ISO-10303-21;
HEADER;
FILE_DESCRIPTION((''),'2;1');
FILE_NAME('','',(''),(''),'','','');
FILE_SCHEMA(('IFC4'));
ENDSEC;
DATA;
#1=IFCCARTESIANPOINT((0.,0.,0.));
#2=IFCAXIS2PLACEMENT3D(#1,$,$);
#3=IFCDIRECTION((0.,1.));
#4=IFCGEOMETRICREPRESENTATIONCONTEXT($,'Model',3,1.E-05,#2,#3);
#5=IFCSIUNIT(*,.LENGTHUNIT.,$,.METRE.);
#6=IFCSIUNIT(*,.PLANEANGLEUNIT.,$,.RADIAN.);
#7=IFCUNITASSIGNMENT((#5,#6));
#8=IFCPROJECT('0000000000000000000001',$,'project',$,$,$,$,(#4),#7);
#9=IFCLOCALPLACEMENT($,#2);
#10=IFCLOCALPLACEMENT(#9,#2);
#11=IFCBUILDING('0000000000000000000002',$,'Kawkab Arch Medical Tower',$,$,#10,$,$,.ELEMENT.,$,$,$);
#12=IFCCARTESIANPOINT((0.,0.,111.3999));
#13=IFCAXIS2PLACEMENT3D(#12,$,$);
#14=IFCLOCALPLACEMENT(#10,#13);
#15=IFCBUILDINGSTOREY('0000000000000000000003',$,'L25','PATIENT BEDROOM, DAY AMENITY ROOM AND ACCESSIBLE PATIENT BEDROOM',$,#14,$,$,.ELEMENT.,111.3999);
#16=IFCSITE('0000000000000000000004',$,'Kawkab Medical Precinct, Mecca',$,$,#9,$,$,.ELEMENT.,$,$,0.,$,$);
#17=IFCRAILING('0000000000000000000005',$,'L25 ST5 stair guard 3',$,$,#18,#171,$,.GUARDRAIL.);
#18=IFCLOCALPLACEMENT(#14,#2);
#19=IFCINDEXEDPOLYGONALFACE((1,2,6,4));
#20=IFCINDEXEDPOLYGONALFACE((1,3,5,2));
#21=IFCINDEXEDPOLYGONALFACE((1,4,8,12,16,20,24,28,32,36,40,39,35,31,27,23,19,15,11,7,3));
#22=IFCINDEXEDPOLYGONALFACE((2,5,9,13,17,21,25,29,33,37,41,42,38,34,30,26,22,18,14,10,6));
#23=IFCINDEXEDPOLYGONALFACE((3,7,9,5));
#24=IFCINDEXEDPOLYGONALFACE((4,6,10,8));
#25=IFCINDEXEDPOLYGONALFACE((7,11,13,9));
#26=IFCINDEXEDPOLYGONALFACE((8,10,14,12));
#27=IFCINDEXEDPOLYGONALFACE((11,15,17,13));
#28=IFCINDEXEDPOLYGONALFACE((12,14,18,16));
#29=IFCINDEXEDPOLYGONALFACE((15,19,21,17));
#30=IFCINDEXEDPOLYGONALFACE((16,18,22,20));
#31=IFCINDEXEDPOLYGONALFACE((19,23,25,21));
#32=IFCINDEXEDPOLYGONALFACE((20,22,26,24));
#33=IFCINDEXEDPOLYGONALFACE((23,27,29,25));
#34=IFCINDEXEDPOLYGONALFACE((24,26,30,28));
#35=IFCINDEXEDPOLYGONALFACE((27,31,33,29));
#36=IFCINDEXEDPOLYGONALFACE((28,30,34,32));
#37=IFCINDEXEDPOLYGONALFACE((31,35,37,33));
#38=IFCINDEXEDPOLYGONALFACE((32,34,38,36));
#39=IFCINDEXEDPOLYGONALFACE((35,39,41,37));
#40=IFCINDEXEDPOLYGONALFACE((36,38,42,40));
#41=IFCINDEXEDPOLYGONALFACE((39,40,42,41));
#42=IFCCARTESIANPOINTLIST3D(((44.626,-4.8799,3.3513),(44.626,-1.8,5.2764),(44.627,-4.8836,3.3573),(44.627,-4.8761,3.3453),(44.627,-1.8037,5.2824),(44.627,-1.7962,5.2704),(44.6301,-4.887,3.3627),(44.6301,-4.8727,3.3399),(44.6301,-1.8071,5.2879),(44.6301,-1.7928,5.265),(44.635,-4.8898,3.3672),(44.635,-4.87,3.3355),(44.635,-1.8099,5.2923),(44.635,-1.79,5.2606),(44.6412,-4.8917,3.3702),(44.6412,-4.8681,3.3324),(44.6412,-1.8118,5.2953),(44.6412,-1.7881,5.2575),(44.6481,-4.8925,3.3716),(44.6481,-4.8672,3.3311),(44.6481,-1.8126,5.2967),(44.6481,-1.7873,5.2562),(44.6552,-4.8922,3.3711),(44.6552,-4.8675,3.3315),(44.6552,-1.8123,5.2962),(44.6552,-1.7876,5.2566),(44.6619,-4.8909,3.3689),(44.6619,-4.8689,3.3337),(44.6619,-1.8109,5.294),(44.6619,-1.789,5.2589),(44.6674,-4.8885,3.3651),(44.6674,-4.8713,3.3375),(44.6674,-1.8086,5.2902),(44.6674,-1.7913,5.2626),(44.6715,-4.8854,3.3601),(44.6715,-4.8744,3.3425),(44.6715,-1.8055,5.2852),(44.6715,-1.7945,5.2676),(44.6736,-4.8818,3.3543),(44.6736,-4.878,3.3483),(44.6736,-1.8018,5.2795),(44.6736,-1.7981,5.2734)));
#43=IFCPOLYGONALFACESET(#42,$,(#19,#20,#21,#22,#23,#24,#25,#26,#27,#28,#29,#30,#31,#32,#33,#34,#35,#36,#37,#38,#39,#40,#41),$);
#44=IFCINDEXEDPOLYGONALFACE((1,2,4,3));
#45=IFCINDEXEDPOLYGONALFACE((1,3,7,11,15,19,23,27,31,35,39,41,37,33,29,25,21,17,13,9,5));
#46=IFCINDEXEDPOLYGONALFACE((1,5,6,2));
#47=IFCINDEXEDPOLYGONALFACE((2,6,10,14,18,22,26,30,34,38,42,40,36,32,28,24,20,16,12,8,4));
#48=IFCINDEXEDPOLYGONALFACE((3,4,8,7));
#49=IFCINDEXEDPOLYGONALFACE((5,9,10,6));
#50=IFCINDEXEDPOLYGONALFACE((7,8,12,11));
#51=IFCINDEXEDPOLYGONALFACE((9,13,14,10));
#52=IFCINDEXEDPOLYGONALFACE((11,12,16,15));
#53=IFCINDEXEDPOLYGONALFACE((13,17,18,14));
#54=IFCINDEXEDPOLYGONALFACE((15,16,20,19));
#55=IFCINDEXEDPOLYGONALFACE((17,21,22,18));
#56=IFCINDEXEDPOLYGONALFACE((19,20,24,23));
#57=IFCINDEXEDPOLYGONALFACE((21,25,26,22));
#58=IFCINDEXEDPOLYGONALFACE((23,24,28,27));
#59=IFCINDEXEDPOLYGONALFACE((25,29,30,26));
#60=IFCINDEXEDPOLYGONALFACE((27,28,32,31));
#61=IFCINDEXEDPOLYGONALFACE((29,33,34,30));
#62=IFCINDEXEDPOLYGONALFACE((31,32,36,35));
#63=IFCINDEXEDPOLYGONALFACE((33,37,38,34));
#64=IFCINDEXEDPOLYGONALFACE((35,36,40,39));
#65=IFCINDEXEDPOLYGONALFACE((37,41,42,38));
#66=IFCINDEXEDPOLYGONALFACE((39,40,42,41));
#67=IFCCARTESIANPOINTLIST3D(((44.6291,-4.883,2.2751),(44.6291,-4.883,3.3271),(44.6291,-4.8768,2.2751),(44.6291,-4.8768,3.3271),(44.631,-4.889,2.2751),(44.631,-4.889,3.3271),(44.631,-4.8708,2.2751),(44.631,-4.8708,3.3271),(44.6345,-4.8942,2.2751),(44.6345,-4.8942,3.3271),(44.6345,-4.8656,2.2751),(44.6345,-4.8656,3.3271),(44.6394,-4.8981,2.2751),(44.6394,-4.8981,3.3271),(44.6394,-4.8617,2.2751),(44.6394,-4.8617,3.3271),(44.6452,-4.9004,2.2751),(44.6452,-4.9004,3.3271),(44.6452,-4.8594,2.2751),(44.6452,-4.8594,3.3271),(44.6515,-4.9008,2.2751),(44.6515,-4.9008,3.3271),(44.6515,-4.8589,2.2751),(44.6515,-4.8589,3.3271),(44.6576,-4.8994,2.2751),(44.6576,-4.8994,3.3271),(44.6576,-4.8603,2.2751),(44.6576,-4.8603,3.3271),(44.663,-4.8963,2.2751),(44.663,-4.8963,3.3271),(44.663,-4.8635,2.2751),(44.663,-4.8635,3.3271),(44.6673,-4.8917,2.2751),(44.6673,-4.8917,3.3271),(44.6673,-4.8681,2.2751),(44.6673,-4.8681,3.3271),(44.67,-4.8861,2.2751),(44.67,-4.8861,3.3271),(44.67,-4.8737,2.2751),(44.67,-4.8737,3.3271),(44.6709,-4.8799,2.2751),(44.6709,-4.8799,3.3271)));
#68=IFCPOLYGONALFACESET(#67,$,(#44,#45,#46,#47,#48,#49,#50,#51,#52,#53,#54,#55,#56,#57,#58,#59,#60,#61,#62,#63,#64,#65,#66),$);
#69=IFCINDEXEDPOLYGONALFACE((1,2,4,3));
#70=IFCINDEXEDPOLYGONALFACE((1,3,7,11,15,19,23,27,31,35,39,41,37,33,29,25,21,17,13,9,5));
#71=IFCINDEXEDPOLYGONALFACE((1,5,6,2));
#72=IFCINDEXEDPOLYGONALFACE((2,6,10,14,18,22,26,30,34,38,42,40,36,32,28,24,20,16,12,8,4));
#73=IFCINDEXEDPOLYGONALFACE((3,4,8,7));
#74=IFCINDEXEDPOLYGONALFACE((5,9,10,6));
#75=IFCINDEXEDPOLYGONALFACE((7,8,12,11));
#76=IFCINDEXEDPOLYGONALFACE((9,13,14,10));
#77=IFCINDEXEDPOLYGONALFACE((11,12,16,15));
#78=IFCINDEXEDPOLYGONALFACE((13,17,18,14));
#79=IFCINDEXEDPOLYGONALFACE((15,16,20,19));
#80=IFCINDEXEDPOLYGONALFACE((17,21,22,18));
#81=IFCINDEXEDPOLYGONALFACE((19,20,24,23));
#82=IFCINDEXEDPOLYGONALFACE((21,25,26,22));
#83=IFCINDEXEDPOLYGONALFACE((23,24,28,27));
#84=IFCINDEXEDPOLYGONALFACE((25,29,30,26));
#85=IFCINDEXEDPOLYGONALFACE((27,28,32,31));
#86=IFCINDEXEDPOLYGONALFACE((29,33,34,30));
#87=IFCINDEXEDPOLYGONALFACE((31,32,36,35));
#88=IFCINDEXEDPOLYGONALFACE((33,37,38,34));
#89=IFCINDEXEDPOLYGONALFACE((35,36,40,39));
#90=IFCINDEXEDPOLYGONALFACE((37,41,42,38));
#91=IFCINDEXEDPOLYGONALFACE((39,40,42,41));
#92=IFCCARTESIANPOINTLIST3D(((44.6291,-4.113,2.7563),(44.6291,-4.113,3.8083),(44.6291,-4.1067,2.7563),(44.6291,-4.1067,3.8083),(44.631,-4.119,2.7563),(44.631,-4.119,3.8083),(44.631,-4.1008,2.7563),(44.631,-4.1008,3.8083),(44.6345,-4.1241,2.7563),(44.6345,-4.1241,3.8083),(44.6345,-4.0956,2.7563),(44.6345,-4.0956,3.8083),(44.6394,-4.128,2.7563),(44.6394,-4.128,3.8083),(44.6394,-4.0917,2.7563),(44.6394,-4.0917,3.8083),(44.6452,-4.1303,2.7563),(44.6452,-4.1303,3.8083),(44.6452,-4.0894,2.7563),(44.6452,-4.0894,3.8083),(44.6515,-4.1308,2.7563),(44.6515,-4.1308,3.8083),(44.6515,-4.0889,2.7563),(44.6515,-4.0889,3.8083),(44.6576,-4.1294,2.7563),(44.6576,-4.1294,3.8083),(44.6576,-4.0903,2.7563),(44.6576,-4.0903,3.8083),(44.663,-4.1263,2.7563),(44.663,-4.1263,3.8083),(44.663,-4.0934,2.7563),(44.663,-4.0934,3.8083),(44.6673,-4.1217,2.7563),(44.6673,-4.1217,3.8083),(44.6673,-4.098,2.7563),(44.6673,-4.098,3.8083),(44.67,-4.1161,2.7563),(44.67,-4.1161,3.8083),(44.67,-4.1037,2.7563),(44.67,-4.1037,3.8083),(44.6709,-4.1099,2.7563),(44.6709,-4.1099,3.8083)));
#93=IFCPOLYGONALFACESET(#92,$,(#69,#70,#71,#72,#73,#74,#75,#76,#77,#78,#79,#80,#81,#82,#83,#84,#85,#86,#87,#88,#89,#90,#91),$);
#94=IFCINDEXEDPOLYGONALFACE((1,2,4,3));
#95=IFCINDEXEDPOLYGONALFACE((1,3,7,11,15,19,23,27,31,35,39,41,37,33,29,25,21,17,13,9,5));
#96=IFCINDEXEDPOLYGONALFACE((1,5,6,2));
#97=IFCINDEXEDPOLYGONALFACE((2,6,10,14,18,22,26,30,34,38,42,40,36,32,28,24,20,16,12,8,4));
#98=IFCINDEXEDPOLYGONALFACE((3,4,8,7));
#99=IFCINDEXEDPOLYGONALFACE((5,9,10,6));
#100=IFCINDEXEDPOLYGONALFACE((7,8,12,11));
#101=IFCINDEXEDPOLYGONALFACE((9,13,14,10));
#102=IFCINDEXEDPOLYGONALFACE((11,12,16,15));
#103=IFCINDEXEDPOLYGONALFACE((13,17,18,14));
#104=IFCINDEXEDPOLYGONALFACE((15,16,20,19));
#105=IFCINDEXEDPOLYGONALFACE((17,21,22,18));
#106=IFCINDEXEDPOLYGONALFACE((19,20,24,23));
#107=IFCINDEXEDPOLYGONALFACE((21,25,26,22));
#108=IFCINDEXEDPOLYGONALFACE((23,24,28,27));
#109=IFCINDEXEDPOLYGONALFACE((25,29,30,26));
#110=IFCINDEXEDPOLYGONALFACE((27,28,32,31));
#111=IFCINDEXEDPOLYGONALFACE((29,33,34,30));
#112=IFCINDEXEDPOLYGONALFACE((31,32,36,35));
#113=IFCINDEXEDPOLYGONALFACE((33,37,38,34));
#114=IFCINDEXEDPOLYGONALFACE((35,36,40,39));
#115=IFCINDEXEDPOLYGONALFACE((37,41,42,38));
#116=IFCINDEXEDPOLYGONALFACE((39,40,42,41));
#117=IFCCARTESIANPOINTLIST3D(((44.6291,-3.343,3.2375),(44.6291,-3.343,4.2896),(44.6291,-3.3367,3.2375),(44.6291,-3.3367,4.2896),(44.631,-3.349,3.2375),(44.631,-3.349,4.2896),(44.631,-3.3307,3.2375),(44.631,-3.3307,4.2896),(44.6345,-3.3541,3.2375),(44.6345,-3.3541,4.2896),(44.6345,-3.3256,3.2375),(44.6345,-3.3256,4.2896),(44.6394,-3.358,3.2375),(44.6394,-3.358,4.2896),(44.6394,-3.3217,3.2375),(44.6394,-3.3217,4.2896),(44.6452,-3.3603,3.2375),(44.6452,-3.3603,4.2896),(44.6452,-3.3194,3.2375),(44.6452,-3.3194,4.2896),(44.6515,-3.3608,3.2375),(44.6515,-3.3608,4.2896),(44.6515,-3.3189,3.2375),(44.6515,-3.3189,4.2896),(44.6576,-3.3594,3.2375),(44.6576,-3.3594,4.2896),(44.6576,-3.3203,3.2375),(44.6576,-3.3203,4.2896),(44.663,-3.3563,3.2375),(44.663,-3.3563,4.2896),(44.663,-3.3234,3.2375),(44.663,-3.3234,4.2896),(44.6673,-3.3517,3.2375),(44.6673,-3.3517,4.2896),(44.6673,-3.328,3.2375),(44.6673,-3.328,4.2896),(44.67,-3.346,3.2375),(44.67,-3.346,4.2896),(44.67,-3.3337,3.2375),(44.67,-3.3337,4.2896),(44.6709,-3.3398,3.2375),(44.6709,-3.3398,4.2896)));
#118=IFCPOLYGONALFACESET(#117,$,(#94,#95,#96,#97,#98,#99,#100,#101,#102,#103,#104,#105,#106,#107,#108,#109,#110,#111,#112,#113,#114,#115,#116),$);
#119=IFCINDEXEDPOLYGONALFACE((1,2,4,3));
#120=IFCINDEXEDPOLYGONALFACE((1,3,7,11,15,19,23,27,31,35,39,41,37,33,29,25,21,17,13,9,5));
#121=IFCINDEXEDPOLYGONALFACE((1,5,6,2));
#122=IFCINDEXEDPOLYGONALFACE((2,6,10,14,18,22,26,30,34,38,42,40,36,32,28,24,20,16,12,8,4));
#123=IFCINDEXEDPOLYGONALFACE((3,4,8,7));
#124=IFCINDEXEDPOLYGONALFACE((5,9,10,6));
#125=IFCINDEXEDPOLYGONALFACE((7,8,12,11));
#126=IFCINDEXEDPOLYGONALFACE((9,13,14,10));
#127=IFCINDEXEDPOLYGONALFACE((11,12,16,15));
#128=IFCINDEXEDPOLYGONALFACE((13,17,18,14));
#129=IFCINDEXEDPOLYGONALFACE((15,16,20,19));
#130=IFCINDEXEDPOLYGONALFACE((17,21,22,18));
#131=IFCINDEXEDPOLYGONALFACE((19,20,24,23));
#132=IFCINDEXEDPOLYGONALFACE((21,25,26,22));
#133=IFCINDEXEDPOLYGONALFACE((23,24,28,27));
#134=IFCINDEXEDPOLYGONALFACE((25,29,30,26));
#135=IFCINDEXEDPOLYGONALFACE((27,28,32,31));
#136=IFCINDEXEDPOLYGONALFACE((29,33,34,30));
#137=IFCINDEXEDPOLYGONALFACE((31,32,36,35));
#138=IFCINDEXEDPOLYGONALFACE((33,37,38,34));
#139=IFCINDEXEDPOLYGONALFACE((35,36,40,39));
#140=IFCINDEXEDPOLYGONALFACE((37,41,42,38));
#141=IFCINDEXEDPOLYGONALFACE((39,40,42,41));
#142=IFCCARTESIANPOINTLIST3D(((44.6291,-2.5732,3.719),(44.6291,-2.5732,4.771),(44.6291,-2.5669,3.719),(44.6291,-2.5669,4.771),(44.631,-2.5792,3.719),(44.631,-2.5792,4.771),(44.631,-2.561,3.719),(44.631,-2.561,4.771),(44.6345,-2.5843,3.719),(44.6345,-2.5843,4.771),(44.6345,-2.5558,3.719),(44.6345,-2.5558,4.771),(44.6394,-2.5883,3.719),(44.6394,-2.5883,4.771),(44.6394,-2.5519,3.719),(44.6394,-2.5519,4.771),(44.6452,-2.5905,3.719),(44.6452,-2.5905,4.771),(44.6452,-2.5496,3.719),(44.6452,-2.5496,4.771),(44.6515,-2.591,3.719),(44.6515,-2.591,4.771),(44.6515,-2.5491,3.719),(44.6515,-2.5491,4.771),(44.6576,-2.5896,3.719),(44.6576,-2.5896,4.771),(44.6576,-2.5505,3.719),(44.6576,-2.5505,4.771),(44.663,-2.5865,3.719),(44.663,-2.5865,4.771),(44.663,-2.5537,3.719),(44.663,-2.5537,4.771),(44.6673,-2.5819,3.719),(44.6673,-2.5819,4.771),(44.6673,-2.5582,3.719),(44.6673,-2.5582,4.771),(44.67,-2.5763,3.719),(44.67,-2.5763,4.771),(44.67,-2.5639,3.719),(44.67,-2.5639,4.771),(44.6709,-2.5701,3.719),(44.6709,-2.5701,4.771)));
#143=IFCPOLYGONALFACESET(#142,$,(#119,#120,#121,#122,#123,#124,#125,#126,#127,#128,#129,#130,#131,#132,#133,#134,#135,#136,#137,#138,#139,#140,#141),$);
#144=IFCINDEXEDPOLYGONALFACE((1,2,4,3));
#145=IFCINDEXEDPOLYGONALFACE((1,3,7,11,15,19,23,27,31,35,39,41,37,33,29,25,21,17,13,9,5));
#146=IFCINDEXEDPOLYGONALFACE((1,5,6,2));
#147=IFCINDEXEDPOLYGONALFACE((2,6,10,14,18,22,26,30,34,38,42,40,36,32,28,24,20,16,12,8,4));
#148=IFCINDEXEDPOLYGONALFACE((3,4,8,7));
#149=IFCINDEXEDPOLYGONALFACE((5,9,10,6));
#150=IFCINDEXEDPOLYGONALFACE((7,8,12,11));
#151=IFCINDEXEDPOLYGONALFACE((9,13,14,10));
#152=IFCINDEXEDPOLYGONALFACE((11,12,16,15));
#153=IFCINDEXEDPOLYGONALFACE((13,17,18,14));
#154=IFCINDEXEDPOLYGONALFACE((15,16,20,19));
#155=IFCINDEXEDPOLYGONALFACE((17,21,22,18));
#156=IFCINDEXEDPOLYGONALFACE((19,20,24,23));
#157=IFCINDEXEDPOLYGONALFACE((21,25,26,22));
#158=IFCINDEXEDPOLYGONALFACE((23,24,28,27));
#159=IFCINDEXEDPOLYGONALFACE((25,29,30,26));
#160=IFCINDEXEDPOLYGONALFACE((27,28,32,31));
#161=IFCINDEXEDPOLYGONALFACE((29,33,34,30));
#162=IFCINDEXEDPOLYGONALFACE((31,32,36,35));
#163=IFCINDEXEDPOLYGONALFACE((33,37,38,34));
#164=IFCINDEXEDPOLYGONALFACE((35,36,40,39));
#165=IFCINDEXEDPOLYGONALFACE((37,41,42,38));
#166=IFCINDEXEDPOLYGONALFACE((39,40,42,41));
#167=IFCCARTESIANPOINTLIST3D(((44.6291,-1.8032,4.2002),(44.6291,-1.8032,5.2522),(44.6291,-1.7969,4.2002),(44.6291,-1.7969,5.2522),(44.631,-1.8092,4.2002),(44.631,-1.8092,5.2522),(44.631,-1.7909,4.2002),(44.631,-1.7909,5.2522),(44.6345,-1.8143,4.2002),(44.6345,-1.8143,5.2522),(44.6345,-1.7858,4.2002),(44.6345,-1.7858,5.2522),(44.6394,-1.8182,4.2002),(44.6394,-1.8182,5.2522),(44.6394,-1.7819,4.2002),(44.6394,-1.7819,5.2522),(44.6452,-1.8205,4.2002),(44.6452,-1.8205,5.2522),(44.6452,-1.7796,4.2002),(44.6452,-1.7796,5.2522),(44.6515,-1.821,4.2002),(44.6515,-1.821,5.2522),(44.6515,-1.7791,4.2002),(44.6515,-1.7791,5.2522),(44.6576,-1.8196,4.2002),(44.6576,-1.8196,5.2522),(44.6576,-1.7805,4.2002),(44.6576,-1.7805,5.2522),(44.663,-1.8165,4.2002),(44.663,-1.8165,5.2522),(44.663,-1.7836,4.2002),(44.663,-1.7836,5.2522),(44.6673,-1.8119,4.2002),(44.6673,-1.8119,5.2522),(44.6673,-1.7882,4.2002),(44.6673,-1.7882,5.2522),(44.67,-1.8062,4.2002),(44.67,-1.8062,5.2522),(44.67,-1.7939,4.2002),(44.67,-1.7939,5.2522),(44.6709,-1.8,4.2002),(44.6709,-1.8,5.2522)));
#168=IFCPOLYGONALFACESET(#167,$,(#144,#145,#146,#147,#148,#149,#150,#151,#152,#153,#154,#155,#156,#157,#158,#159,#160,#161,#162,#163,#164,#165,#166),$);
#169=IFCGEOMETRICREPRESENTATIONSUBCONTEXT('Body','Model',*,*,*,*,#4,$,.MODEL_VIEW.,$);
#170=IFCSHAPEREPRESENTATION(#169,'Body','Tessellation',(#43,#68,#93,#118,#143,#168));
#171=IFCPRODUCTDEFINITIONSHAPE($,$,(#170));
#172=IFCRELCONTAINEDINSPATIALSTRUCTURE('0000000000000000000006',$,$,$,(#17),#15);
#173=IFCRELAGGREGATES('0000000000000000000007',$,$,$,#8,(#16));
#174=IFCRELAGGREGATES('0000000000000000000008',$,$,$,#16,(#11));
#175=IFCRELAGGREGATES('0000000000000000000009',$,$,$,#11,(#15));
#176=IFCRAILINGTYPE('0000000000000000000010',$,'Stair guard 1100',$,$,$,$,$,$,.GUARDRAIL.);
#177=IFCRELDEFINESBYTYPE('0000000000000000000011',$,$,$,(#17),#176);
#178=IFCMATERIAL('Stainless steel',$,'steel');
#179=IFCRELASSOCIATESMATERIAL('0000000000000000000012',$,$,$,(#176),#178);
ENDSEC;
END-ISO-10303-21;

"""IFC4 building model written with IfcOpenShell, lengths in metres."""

from ifc_helpers import new_model, si_unit, direction, frame, origin, origin_2d, place, context, subcontext, project, spatial, circle, extrude, material, type_object, element, save


model = new_model("IFC4")

# Units and contexts
model_context = context("Model", 3, precision=1e-05, world=origin(), true_north=direction((0.0, 1.0)))
body_context = subcontext(model_context, "Body", "Model", "MODEL_VIEW")
ifc_project = project(units=[si_unit("LENGTHUNIT", "METRE"), si_unit("PLANEANGLEUNIT", "RADIAN")], contexts=[model_context])

# Site, building, storey
site_placement = place(None, origin())
site = spatial("IfcSite", under=ifc_project, at=site_placement, Name="Kawkab Medical Precinct, Mecca", CompositionType="ELEMENT", RefElevation=0.0)
building_placement = place(site_placement, origin())
building = spatial("IfcBuilding", under=site, at=building_placement, Name="Kawkab Arch Medical Tower", CompositionType="ELEMENT")
storey_placement = place(building_placement, frame((0.0, 0.0, 111.3999)))
storey = spatial("IfcBuildingStorey", under=building, at=storey_placement, Name="L25", Description="PATIENT BEDROOM, DAY AMENITY ROOM AND ACCESSIBLE PATIENT BEDROOM", CompositionType="ELEMENT", Elevation=111.3999)

# Railing
ifc_material_1 = material(Name="Stainless steel", Category="steel")
railing_type = type_object("IfcRailingType", Name="Stair guard 1100", PredefinedType="GUARDRAIL", material=ifc_material_1)
railing_1_placement = place(storey_placement, frame((44.6499, -4.8799, 2.2751)))
element("IfcRailing", 1, at=railing_1_placement, inside=storey, type_object=railing_type, Name="L25 ST5 stair guard 3", PredefinedType="GUARDRAIL", context=body_context, shape_type="SweptSolid", body=[
    extrude(circle(Radius=0.0239, at=origin_2d()), frame((0.0, 0.0, 1.0762), z_axis=(0.0, 0.847979, 0.530029), x_axis=(-1.0, 0.0, 0.0)), (0.0, 0.0, 1.0), 3.6321),
    extrude(circle(Radius=0.021, at=origin_2d()), origin(), (0.0, 0.0, 1.0), 1.052),
    extrude(circle(Radius=0.021, at=origin_2d()), frame((0.0, 0.77, 0.4812)), (0.0, 0.0, 1.0), 1.052),
    extrude(circle(Radius=0.021, at=origin_2d()), frame((0.0, 1.54, 0.9624)), (0.0, 0.0, 1.0), 1.052),
    extrude(circle(Radius=0.021, at=origin_2d()), frame((0.0, 2.3098, 1.4438)), (0.0, 0.0, 1.0), 1.052),
    extrude(circle(Radius=0.021, at=origin_2d()), frame((0.0, 3.0798, 1.925)), (0.0, 0.0, 1.0), 1.052),
])

save(model, "model.ifc")
